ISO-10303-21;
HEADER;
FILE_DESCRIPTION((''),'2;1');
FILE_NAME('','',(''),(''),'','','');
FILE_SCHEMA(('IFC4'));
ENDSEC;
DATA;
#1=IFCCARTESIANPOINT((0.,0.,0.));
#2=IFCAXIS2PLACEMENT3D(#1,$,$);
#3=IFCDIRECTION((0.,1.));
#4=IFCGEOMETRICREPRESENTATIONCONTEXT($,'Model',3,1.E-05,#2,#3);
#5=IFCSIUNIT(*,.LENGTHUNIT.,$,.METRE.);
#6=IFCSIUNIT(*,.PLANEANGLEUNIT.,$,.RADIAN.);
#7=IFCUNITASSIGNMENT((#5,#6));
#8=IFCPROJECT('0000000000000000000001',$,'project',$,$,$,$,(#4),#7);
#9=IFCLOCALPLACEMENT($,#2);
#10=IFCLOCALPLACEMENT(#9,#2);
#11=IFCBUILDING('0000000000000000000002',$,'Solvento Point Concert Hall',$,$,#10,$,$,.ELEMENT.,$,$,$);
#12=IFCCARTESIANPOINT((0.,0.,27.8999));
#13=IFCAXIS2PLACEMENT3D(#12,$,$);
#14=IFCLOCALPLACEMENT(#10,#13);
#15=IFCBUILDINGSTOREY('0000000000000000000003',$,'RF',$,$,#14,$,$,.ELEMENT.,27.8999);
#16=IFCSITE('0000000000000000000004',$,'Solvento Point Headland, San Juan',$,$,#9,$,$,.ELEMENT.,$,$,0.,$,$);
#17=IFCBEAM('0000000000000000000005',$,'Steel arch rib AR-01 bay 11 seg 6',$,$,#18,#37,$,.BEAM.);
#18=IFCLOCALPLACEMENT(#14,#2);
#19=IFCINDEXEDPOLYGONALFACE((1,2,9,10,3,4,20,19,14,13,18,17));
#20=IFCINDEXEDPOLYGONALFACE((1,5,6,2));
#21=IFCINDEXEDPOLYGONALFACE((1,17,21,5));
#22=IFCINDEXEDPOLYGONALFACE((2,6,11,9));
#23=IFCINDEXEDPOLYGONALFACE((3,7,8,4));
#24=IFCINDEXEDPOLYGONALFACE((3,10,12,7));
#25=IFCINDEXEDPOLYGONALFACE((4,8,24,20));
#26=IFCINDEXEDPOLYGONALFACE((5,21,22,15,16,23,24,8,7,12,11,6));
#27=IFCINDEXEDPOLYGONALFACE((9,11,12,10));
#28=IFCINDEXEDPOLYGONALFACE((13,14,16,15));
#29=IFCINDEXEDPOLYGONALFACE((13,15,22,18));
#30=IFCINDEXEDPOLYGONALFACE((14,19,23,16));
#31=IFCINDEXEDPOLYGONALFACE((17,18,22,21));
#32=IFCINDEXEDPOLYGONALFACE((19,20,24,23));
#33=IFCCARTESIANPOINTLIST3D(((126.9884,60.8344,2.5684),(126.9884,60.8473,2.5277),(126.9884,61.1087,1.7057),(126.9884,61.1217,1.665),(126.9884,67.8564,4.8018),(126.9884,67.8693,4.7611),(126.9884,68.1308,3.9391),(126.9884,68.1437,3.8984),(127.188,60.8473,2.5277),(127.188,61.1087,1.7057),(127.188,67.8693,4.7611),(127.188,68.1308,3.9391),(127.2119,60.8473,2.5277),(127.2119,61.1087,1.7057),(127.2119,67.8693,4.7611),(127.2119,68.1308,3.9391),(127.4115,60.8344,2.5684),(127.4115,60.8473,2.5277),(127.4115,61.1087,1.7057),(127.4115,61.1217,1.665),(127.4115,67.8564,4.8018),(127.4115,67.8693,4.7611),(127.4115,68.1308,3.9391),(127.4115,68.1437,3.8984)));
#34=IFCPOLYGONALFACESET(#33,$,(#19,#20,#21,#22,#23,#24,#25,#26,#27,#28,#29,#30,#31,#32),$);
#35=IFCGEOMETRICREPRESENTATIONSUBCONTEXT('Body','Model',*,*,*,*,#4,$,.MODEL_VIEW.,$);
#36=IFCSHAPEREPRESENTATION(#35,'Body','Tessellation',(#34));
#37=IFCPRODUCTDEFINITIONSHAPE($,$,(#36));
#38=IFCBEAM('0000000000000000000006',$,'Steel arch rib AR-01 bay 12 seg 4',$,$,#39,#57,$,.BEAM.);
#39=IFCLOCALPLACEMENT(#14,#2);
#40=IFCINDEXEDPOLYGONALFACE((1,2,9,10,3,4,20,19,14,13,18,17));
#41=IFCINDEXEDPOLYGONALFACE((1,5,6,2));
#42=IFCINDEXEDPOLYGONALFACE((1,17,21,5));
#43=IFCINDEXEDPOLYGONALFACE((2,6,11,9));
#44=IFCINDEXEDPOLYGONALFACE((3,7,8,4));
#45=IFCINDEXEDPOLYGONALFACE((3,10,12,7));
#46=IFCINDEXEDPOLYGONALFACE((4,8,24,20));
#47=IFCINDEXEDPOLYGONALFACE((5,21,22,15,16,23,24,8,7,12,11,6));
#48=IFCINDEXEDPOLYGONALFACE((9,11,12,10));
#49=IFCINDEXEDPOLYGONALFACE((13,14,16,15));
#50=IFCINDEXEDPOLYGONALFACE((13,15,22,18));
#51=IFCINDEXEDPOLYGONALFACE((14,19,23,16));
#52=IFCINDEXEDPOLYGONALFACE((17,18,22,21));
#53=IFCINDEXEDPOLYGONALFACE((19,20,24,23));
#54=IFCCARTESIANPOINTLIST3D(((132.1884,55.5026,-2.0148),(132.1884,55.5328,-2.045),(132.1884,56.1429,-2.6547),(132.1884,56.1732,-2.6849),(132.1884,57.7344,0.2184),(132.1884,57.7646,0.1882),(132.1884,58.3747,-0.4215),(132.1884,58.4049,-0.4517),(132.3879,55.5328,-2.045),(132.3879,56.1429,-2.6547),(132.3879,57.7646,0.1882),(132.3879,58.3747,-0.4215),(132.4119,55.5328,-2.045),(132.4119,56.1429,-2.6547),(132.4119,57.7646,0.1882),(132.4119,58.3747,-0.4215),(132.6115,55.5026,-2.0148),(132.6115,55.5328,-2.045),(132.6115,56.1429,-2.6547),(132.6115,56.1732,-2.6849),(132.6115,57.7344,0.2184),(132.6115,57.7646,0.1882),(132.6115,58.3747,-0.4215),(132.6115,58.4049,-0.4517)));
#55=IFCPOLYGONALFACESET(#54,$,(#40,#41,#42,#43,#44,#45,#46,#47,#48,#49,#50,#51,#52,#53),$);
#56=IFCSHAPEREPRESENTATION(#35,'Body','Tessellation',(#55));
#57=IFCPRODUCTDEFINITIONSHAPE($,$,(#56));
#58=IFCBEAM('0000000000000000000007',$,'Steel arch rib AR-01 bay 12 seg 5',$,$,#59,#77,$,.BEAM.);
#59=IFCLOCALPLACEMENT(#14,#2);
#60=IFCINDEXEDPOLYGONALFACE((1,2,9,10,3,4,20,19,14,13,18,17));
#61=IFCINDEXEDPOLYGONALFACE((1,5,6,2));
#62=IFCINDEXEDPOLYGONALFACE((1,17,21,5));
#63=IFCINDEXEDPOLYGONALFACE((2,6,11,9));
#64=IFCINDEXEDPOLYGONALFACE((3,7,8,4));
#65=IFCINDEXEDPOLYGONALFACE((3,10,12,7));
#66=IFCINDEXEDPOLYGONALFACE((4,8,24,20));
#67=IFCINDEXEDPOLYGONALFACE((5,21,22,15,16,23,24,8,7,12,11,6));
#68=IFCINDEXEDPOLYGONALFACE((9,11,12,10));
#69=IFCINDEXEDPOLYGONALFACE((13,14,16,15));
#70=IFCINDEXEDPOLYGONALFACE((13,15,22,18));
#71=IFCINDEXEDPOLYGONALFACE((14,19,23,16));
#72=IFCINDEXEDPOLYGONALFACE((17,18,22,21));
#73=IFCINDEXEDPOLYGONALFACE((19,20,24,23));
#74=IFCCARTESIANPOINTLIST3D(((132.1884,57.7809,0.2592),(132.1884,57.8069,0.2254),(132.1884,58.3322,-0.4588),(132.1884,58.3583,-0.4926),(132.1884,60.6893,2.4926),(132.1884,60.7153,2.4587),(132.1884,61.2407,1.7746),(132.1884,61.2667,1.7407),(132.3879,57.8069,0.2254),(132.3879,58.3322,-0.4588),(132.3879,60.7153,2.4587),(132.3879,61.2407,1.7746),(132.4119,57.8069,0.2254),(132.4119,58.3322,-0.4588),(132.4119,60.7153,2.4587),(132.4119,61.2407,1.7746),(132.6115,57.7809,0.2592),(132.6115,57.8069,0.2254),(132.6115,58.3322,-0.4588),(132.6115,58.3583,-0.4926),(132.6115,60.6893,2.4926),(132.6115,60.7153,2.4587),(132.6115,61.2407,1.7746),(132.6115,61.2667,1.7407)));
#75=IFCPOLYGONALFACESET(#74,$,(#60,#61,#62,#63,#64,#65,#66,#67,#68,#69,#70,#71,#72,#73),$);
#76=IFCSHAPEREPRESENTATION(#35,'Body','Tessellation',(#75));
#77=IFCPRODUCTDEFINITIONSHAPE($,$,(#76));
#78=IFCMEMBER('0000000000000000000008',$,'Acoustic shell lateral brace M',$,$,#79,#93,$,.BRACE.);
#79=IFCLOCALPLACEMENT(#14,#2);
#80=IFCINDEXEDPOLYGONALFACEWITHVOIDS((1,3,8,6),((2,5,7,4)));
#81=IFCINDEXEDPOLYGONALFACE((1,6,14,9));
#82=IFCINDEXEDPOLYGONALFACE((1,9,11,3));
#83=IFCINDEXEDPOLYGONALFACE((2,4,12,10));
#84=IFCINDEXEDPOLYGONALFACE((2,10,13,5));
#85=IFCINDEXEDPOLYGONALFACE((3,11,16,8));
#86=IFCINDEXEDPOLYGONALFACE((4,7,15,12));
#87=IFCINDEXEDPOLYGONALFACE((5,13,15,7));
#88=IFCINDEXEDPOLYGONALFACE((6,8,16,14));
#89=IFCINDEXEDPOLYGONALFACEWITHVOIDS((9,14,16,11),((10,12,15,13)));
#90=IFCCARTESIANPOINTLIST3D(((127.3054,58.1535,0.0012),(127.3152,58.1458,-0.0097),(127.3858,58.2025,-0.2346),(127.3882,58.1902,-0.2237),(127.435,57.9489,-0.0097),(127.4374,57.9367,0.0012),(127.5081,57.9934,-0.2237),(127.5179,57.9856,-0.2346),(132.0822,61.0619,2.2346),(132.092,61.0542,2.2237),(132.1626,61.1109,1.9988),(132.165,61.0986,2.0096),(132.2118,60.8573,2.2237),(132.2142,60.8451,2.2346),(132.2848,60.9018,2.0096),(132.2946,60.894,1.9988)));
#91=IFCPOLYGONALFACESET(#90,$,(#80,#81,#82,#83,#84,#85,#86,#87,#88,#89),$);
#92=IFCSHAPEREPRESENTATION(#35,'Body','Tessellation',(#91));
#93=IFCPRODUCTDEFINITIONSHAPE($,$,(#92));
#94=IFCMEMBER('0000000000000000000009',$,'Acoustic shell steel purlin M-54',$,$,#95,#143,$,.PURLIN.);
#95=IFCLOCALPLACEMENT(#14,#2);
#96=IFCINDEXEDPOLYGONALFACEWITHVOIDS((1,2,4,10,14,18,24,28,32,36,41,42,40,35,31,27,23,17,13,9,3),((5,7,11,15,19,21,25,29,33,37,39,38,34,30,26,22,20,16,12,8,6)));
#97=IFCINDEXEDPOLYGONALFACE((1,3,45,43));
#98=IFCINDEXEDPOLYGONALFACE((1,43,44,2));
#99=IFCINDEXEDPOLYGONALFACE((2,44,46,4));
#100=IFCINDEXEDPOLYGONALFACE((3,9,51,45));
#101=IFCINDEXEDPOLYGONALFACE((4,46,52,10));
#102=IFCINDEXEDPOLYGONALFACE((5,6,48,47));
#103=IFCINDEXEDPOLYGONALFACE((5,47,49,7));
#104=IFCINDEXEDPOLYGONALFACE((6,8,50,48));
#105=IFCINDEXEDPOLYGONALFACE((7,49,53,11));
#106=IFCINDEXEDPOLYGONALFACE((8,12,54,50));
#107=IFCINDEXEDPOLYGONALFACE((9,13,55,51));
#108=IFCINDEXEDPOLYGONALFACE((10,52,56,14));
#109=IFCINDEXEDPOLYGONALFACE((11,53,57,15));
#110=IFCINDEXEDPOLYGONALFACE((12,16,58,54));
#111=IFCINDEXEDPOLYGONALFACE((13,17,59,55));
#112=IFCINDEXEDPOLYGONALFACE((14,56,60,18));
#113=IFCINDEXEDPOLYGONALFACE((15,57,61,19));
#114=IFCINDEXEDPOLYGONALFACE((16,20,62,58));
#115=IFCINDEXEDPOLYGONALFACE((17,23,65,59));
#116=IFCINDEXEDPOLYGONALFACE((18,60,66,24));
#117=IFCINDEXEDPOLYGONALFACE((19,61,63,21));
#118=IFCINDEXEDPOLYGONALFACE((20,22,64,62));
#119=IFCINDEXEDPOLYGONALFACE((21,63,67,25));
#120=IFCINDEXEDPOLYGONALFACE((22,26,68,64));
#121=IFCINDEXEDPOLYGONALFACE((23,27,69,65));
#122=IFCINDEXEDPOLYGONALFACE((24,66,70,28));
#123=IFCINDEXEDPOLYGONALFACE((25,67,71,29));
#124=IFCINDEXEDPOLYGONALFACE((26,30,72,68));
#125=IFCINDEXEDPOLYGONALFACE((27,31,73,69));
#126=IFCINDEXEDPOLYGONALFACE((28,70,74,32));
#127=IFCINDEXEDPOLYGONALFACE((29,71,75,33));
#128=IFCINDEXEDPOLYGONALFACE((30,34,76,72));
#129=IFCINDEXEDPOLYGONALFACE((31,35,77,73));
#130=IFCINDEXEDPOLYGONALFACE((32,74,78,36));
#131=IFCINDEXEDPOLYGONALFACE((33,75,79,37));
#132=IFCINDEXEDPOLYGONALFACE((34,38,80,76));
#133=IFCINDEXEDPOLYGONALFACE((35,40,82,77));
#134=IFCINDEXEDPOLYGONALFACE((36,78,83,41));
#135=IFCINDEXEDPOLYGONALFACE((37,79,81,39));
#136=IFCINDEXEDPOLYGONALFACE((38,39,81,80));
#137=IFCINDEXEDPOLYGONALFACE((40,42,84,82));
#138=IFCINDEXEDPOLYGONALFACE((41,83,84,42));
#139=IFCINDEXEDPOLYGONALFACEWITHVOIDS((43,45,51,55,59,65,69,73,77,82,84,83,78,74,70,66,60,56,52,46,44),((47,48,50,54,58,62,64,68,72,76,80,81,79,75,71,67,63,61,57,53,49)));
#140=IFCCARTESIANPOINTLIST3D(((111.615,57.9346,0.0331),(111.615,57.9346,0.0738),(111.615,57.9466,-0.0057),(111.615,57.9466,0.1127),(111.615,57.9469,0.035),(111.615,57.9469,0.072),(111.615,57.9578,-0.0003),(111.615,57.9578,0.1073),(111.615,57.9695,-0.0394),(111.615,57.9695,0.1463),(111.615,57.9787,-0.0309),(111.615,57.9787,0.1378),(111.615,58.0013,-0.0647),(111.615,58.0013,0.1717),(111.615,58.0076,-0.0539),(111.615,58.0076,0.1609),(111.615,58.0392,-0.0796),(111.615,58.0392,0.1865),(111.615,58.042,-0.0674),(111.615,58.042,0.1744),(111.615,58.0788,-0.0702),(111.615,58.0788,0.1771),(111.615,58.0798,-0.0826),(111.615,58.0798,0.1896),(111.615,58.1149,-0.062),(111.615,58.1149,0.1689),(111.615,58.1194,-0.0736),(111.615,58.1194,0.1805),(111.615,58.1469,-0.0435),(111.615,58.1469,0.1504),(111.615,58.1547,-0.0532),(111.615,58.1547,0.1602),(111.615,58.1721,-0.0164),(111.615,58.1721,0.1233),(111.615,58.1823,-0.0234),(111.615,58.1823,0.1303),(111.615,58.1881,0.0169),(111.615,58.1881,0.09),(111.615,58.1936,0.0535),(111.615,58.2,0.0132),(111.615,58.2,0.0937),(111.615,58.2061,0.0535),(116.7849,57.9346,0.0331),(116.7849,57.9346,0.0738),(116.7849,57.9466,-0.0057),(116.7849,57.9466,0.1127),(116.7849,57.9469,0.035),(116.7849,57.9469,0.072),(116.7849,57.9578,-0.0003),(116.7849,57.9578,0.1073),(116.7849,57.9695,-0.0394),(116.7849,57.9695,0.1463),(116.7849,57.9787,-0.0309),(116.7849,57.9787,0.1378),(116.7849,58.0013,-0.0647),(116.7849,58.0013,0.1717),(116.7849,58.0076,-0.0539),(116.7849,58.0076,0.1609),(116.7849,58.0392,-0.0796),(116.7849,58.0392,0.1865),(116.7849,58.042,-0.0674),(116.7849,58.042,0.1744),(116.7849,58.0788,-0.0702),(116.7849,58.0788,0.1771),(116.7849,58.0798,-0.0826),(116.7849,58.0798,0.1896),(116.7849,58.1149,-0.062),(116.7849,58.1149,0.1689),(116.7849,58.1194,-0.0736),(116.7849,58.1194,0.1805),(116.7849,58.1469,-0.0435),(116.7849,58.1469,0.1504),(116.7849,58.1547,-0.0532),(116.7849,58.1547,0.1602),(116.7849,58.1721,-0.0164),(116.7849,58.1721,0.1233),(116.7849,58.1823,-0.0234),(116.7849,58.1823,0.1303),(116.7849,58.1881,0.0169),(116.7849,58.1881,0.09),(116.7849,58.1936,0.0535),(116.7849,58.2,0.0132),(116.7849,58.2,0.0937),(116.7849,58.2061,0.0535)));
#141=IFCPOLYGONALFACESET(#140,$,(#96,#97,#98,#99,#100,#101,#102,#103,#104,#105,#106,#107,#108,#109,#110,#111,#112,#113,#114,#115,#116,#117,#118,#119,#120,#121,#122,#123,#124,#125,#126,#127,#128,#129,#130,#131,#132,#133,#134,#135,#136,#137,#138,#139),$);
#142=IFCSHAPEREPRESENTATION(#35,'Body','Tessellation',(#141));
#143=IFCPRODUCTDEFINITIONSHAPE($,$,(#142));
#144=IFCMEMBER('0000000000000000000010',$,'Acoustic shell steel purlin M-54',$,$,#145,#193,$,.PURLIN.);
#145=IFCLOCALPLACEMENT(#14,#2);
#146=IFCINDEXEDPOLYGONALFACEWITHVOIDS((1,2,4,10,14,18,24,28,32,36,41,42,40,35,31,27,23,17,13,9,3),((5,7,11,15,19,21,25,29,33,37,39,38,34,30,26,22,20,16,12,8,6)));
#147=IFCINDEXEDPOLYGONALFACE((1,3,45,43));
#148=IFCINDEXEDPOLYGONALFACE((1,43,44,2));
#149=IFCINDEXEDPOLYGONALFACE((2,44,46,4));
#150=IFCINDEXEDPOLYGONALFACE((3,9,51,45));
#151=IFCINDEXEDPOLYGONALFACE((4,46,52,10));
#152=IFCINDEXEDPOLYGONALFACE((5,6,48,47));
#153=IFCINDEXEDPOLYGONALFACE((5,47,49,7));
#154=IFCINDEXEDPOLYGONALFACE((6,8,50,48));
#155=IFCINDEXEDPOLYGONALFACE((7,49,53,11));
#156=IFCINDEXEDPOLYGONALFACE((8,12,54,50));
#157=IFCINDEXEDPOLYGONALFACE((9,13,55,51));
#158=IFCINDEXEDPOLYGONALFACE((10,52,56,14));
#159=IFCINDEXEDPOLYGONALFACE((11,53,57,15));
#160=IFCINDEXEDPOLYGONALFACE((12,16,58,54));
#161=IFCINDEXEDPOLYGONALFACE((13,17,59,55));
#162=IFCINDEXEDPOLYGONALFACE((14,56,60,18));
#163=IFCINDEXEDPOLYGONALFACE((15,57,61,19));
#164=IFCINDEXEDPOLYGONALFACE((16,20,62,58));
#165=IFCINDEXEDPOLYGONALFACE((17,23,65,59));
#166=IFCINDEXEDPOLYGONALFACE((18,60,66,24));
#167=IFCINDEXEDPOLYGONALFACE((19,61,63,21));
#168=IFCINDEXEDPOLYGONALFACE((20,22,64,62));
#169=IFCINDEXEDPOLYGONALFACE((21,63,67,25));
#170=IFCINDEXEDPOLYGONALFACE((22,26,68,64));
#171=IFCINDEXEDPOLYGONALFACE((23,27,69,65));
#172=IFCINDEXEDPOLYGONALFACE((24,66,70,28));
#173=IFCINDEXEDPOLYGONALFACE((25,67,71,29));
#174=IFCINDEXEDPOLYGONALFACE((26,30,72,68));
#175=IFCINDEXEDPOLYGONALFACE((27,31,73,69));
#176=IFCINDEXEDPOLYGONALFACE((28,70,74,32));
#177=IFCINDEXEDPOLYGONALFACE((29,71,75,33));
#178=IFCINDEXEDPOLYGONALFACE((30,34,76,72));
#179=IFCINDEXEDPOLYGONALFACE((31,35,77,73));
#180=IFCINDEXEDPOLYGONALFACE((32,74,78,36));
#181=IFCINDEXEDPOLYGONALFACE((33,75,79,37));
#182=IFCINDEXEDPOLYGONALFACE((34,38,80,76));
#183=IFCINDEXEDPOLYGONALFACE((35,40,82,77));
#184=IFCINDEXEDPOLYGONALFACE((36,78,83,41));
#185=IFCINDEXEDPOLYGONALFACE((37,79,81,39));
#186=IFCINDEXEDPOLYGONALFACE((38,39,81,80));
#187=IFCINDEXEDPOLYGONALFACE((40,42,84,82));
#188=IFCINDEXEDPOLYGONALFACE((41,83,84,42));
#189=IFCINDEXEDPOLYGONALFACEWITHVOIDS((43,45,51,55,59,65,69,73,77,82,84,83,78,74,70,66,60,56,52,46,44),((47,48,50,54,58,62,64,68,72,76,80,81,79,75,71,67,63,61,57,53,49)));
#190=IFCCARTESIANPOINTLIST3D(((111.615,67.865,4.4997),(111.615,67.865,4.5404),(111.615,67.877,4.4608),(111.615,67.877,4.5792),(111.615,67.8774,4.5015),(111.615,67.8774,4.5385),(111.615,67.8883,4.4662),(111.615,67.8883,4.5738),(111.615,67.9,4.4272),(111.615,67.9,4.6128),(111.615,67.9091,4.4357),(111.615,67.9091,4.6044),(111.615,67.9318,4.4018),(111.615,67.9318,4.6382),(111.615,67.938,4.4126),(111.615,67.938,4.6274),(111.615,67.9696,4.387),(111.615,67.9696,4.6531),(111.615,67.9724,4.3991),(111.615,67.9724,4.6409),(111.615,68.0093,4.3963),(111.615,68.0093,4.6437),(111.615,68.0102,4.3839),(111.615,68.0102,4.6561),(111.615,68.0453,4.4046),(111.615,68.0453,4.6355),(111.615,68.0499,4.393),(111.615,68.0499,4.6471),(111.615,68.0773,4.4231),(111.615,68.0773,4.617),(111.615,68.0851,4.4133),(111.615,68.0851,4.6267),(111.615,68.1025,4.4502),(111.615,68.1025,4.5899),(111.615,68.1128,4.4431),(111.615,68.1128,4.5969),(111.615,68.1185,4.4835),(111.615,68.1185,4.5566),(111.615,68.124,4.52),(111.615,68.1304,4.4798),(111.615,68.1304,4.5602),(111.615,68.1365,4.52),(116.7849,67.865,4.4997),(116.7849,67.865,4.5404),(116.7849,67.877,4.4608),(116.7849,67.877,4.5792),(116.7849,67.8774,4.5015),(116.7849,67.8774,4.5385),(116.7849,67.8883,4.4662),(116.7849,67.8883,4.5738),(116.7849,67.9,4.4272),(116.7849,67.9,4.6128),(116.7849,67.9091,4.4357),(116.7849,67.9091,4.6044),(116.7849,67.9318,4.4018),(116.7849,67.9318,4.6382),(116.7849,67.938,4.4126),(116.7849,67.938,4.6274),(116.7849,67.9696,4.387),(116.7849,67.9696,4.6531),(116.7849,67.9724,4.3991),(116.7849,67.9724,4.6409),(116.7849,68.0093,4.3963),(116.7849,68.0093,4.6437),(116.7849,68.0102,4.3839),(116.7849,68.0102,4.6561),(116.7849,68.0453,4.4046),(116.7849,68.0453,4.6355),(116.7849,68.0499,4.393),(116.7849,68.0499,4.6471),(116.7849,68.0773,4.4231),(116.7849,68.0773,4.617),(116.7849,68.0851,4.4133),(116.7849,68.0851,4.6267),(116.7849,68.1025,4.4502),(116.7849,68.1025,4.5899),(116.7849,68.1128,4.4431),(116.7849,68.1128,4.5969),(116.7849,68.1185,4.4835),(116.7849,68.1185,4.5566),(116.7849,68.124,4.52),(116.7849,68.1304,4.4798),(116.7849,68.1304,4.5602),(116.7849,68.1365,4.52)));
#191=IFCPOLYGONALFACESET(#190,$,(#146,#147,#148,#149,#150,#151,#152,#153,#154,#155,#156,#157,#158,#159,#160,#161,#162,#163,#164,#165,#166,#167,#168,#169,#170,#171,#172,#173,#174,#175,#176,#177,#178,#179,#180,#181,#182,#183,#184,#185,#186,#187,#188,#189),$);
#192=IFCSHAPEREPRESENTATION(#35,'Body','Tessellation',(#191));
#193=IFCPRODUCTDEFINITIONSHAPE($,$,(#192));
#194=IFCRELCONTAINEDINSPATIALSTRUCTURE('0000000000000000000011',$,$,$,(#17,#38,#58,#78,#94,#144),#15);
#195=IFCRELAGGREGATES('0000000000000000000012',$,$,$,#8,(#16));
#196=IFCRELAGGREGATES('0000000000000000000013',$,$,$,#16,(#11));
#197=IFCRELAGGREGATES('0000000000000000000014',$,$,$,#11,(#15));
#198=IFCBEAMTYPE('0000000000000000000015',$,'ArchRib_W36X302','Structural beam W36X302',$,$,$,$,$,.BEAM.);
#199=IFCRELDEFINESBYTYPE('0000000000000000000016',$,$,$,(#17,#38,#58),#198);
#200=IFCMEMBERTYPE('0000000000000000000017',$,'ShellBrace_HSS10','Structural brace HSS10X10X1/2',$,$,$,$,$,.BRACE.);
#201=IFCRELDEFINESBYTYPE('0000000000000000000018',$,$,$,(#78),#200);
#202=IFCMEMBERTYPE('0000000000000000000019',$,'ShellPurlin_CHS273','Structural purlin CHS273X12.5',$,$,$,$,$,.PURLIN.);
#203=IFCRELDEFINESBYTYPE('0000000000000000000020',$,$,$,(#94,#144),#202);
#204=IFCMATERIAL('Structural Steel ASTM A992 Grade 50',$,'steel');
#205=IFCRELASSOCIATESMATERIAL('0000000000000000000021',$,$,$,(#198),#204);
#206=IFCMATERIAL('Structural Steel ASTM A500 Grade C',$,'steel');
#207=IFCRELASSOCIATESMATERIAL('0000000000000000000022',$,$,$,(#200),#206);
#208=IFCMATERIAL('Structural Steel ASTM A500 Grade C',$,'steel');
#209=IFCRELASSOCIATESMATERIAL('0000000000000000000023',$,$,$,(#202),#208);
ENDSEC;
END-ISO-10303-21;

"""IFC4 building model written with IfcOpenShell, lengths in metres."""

from ifc_helpers import new_model, si_unit, direction, frame, origin, origin_2d, place, context, subcontext, project, spatial, hollow_rectangle, hollow_circle, i_section, extrude, material, material_profile, profile_set, type_object, element, save


model = new_model("IFC4")

# Units and contexts
model_context = context("Model", 3, precision=1e-05, world=origin(), true_north=direction((0.0, 1.0)))
body_context = subcontext(model_context, "Body", "Model", "MODEL_VIEW")
ifc_project = project(units=[si_unit("LENGTHUNIT", "METRE"), si_unit("PLANEANGLEUNIT", "RADIAN")], contexts=[model_context])

# Site, building, storey
site_placement = place(None, origin())
site = spatial("IfcSite", under=ifc_project, at=site_placement, Name="Solvento Point Headland, San Juan", CompositionType="ELEMENT", RefElevation=0.0)
building_placement = place(site_placement, origin())
building = spatial("IfcBuilding", under=site, at=building_placement, Name="Solvento Point Concert Hall", CompositionType="ELEMENT")
storey_placement = place(building_placement, frame((0.0, 0.0, 27.8999)))
storey = spatial("IfcBuildingStorey", under=building, at=storey_placement, Name="RF", CompositionType="ELEMENT", Elevation=27.8999)

# Beams
ifc_material_1 = material(Name="Structural Steel ASTM A992 Grade 50", Category="steel")
ifc_material_profile_1 = material_profile(ifc_material_1, i_section(OverallWidth=0.4231, OverallDepth=0.948, WebThickness=0.0239, FlangeThickness=0.0427, at=origin_2d()), Name="W36X302")
ifc_profile_set_1 = profile_set([ifc_material_profile_1], Name="Structural Steel ASTM A992 Grade 50")
beam_type = type_object("IfcBeamType", Name="ArchRib_W36X302", Description="Structural beam W36X302", PredefinedType="BEAM", material=ifc_profile_set_1)
beam_1_placement = place(storey_placement, frame((127.2, 60.978, 2.1167), z_axis=(0.0, 0.95296, 0.303097), x_axis=(-1.0, 0.0, 0.0)))
element("IfcBeam", 1, at=beam_1_placement, inside=storey, type_object=beam_type, Name="Steel arch rib AR-01 bay 11 seg 6", PredefinedType="BEAM", context=body_context, shape_type="SweptSolid", body=[
    extrude(i_section(OverallWidth=0.4231, OverallDepth=0.948, WebThickness=0.0239, FlangeThickness=0.0427, at=origin_2d()), origin(), (0.0, 0.0, 1.0), 7.3687),
])
beam_2_placement = place(storey_placement, frame((132.3999, 55.8379, -2.3499), z_axis=(0.0, 0.706875, 0.707339), x_axis=(-1.0, 0.0, 0.0)))
element("IfcBeam", 2, at=beam_2_placement, inside=storey, type_object=beam_type, Name="Steel arch rib AR-01 bay 12 seg 4", PredefinedType="BEAM", context=body_context, shape_type="SweptSolid", body=[
    extrude(i_section(OverallWidth=0.4231, OverallDepth=0.948, WebThickness=0.0239, FlangeThickness=0.0427, at=origin_2d()), origin(), (0.0, 0.0, 1.0), 3.1572),
])
beam_3_placement = place(storey_placement, frame((132.3999, 58.0696, -0.1167), z_axis=(0.0, 0.793134, 0.609048), x_axis=(-1.0, 0.0, 0.0)))
element("IfcBeam", 3, at=beam_3_placement, inside=storey, type_object=beam_type, Name="Steel arch rib AR-01 bay 12 seg 5", PredefinedType="BEAM", context=body_context, shape_type="SweptSolid", body=[
    extrude(i_section(OverallWidth=0.4231, OverallDepth=0.948, WebThickness=0.0239, FlangeThickness=0.0427, at=origin_2d()), origin(), (0.0, 0.0, 1.0), 3.667),
])

# Members
ifc_material_2 = material(Name="Structural Steel ASTM A500 Grade C", Category="steel")
ifc_material_profile_2 = material_profile(ifc_material_2, hollow_rectangle(XDim=0.2539, YDim=0.2539, WallThickness=0.0117, at=origin_2d()), Name="HSS10X10X1/2")
ifc_profile_set_2 = profile_set([ifc_material_profile_2], Name="Structural Steel ASTM A500 Grade C")
member_type_1 = type_object("IfcMemberType", Name="ShellBrace_HSS10", Description="Structural brace HSS10X10X1/2", PredefinedType="BRACE", material=ifc_profile_set_2)
member_1_placement = place(storey_placement, frame((127.4116, 58.0696, -0.1167), z_axis=(0.793223, 0.482964, 0.370868), x_axis=(-0.520051, 0.854135, 0.0)))
element("IfcMember", 4, at=member_1_placement, inside=storey, type_object=member_type_1, Name="Acoustic shell lateral brace M", PredefinedType="BRACE", context=body_context, shape_type="SweptSolid", body=[
    extrude(hollow_rectangle(XDim=0.2539, YDim=0.2539, WallThickness=0.0117, at=origin_2d()), origin(), (0.0, 0.0, 1.0), 6.022),
])
ifc_material_3 = material(Name="Structural Steel ASTM A500 Grade C", Category="steel")
ifc_material_profile_3 = material_profile(ifc_material_3, hollow_circle(Radius=0.1365, WallThickness=0.0125, at=origin_2d()), Name="CHS273X12.5")
ifc_profile_set_3 = profile_set([ifc_material_profile_3], Name="Structural Steel ASTM A500 Grade C")
member_type_2 = type_object("IfcMemberType", Name="ShellPurlin_CHS273", Description="Structural purlin CHS273X12.5", PredefinedType="PURLIN", material=ifc_profile_set_3)
for number, where, z_axis, x_axis, name in (
    (5, (111.615, 58.0696, 0.0535), (1.0, 0.0, 0.0), (0.0, 1.0, 0.0), "Acoustic shell steel purlin M-54"),
    (6, (111.615, 68.0, 4.52), (1.0, 0.0, 0.0), (0.0, 1.0, 0.0), "Acoustic shell steel purlin M-54"),
):
    element("IfcMember", number, at=place(storey_placement, frame(where, z_axis=z_axis, x_axis=x_axis)), inside=storey, type_object=member_type_2, Name=name, PredefinedType="PURLIN", context=body_context, shape_type="SweptSolid", body=[
        extrude(hollow_circle(Radius=0.1365, WallThickness=0.0125, at=origin_2d()), origin(), (0.0, 0.0, 1.0), 5.1699),
    ])

save(model, "model.ifc")
